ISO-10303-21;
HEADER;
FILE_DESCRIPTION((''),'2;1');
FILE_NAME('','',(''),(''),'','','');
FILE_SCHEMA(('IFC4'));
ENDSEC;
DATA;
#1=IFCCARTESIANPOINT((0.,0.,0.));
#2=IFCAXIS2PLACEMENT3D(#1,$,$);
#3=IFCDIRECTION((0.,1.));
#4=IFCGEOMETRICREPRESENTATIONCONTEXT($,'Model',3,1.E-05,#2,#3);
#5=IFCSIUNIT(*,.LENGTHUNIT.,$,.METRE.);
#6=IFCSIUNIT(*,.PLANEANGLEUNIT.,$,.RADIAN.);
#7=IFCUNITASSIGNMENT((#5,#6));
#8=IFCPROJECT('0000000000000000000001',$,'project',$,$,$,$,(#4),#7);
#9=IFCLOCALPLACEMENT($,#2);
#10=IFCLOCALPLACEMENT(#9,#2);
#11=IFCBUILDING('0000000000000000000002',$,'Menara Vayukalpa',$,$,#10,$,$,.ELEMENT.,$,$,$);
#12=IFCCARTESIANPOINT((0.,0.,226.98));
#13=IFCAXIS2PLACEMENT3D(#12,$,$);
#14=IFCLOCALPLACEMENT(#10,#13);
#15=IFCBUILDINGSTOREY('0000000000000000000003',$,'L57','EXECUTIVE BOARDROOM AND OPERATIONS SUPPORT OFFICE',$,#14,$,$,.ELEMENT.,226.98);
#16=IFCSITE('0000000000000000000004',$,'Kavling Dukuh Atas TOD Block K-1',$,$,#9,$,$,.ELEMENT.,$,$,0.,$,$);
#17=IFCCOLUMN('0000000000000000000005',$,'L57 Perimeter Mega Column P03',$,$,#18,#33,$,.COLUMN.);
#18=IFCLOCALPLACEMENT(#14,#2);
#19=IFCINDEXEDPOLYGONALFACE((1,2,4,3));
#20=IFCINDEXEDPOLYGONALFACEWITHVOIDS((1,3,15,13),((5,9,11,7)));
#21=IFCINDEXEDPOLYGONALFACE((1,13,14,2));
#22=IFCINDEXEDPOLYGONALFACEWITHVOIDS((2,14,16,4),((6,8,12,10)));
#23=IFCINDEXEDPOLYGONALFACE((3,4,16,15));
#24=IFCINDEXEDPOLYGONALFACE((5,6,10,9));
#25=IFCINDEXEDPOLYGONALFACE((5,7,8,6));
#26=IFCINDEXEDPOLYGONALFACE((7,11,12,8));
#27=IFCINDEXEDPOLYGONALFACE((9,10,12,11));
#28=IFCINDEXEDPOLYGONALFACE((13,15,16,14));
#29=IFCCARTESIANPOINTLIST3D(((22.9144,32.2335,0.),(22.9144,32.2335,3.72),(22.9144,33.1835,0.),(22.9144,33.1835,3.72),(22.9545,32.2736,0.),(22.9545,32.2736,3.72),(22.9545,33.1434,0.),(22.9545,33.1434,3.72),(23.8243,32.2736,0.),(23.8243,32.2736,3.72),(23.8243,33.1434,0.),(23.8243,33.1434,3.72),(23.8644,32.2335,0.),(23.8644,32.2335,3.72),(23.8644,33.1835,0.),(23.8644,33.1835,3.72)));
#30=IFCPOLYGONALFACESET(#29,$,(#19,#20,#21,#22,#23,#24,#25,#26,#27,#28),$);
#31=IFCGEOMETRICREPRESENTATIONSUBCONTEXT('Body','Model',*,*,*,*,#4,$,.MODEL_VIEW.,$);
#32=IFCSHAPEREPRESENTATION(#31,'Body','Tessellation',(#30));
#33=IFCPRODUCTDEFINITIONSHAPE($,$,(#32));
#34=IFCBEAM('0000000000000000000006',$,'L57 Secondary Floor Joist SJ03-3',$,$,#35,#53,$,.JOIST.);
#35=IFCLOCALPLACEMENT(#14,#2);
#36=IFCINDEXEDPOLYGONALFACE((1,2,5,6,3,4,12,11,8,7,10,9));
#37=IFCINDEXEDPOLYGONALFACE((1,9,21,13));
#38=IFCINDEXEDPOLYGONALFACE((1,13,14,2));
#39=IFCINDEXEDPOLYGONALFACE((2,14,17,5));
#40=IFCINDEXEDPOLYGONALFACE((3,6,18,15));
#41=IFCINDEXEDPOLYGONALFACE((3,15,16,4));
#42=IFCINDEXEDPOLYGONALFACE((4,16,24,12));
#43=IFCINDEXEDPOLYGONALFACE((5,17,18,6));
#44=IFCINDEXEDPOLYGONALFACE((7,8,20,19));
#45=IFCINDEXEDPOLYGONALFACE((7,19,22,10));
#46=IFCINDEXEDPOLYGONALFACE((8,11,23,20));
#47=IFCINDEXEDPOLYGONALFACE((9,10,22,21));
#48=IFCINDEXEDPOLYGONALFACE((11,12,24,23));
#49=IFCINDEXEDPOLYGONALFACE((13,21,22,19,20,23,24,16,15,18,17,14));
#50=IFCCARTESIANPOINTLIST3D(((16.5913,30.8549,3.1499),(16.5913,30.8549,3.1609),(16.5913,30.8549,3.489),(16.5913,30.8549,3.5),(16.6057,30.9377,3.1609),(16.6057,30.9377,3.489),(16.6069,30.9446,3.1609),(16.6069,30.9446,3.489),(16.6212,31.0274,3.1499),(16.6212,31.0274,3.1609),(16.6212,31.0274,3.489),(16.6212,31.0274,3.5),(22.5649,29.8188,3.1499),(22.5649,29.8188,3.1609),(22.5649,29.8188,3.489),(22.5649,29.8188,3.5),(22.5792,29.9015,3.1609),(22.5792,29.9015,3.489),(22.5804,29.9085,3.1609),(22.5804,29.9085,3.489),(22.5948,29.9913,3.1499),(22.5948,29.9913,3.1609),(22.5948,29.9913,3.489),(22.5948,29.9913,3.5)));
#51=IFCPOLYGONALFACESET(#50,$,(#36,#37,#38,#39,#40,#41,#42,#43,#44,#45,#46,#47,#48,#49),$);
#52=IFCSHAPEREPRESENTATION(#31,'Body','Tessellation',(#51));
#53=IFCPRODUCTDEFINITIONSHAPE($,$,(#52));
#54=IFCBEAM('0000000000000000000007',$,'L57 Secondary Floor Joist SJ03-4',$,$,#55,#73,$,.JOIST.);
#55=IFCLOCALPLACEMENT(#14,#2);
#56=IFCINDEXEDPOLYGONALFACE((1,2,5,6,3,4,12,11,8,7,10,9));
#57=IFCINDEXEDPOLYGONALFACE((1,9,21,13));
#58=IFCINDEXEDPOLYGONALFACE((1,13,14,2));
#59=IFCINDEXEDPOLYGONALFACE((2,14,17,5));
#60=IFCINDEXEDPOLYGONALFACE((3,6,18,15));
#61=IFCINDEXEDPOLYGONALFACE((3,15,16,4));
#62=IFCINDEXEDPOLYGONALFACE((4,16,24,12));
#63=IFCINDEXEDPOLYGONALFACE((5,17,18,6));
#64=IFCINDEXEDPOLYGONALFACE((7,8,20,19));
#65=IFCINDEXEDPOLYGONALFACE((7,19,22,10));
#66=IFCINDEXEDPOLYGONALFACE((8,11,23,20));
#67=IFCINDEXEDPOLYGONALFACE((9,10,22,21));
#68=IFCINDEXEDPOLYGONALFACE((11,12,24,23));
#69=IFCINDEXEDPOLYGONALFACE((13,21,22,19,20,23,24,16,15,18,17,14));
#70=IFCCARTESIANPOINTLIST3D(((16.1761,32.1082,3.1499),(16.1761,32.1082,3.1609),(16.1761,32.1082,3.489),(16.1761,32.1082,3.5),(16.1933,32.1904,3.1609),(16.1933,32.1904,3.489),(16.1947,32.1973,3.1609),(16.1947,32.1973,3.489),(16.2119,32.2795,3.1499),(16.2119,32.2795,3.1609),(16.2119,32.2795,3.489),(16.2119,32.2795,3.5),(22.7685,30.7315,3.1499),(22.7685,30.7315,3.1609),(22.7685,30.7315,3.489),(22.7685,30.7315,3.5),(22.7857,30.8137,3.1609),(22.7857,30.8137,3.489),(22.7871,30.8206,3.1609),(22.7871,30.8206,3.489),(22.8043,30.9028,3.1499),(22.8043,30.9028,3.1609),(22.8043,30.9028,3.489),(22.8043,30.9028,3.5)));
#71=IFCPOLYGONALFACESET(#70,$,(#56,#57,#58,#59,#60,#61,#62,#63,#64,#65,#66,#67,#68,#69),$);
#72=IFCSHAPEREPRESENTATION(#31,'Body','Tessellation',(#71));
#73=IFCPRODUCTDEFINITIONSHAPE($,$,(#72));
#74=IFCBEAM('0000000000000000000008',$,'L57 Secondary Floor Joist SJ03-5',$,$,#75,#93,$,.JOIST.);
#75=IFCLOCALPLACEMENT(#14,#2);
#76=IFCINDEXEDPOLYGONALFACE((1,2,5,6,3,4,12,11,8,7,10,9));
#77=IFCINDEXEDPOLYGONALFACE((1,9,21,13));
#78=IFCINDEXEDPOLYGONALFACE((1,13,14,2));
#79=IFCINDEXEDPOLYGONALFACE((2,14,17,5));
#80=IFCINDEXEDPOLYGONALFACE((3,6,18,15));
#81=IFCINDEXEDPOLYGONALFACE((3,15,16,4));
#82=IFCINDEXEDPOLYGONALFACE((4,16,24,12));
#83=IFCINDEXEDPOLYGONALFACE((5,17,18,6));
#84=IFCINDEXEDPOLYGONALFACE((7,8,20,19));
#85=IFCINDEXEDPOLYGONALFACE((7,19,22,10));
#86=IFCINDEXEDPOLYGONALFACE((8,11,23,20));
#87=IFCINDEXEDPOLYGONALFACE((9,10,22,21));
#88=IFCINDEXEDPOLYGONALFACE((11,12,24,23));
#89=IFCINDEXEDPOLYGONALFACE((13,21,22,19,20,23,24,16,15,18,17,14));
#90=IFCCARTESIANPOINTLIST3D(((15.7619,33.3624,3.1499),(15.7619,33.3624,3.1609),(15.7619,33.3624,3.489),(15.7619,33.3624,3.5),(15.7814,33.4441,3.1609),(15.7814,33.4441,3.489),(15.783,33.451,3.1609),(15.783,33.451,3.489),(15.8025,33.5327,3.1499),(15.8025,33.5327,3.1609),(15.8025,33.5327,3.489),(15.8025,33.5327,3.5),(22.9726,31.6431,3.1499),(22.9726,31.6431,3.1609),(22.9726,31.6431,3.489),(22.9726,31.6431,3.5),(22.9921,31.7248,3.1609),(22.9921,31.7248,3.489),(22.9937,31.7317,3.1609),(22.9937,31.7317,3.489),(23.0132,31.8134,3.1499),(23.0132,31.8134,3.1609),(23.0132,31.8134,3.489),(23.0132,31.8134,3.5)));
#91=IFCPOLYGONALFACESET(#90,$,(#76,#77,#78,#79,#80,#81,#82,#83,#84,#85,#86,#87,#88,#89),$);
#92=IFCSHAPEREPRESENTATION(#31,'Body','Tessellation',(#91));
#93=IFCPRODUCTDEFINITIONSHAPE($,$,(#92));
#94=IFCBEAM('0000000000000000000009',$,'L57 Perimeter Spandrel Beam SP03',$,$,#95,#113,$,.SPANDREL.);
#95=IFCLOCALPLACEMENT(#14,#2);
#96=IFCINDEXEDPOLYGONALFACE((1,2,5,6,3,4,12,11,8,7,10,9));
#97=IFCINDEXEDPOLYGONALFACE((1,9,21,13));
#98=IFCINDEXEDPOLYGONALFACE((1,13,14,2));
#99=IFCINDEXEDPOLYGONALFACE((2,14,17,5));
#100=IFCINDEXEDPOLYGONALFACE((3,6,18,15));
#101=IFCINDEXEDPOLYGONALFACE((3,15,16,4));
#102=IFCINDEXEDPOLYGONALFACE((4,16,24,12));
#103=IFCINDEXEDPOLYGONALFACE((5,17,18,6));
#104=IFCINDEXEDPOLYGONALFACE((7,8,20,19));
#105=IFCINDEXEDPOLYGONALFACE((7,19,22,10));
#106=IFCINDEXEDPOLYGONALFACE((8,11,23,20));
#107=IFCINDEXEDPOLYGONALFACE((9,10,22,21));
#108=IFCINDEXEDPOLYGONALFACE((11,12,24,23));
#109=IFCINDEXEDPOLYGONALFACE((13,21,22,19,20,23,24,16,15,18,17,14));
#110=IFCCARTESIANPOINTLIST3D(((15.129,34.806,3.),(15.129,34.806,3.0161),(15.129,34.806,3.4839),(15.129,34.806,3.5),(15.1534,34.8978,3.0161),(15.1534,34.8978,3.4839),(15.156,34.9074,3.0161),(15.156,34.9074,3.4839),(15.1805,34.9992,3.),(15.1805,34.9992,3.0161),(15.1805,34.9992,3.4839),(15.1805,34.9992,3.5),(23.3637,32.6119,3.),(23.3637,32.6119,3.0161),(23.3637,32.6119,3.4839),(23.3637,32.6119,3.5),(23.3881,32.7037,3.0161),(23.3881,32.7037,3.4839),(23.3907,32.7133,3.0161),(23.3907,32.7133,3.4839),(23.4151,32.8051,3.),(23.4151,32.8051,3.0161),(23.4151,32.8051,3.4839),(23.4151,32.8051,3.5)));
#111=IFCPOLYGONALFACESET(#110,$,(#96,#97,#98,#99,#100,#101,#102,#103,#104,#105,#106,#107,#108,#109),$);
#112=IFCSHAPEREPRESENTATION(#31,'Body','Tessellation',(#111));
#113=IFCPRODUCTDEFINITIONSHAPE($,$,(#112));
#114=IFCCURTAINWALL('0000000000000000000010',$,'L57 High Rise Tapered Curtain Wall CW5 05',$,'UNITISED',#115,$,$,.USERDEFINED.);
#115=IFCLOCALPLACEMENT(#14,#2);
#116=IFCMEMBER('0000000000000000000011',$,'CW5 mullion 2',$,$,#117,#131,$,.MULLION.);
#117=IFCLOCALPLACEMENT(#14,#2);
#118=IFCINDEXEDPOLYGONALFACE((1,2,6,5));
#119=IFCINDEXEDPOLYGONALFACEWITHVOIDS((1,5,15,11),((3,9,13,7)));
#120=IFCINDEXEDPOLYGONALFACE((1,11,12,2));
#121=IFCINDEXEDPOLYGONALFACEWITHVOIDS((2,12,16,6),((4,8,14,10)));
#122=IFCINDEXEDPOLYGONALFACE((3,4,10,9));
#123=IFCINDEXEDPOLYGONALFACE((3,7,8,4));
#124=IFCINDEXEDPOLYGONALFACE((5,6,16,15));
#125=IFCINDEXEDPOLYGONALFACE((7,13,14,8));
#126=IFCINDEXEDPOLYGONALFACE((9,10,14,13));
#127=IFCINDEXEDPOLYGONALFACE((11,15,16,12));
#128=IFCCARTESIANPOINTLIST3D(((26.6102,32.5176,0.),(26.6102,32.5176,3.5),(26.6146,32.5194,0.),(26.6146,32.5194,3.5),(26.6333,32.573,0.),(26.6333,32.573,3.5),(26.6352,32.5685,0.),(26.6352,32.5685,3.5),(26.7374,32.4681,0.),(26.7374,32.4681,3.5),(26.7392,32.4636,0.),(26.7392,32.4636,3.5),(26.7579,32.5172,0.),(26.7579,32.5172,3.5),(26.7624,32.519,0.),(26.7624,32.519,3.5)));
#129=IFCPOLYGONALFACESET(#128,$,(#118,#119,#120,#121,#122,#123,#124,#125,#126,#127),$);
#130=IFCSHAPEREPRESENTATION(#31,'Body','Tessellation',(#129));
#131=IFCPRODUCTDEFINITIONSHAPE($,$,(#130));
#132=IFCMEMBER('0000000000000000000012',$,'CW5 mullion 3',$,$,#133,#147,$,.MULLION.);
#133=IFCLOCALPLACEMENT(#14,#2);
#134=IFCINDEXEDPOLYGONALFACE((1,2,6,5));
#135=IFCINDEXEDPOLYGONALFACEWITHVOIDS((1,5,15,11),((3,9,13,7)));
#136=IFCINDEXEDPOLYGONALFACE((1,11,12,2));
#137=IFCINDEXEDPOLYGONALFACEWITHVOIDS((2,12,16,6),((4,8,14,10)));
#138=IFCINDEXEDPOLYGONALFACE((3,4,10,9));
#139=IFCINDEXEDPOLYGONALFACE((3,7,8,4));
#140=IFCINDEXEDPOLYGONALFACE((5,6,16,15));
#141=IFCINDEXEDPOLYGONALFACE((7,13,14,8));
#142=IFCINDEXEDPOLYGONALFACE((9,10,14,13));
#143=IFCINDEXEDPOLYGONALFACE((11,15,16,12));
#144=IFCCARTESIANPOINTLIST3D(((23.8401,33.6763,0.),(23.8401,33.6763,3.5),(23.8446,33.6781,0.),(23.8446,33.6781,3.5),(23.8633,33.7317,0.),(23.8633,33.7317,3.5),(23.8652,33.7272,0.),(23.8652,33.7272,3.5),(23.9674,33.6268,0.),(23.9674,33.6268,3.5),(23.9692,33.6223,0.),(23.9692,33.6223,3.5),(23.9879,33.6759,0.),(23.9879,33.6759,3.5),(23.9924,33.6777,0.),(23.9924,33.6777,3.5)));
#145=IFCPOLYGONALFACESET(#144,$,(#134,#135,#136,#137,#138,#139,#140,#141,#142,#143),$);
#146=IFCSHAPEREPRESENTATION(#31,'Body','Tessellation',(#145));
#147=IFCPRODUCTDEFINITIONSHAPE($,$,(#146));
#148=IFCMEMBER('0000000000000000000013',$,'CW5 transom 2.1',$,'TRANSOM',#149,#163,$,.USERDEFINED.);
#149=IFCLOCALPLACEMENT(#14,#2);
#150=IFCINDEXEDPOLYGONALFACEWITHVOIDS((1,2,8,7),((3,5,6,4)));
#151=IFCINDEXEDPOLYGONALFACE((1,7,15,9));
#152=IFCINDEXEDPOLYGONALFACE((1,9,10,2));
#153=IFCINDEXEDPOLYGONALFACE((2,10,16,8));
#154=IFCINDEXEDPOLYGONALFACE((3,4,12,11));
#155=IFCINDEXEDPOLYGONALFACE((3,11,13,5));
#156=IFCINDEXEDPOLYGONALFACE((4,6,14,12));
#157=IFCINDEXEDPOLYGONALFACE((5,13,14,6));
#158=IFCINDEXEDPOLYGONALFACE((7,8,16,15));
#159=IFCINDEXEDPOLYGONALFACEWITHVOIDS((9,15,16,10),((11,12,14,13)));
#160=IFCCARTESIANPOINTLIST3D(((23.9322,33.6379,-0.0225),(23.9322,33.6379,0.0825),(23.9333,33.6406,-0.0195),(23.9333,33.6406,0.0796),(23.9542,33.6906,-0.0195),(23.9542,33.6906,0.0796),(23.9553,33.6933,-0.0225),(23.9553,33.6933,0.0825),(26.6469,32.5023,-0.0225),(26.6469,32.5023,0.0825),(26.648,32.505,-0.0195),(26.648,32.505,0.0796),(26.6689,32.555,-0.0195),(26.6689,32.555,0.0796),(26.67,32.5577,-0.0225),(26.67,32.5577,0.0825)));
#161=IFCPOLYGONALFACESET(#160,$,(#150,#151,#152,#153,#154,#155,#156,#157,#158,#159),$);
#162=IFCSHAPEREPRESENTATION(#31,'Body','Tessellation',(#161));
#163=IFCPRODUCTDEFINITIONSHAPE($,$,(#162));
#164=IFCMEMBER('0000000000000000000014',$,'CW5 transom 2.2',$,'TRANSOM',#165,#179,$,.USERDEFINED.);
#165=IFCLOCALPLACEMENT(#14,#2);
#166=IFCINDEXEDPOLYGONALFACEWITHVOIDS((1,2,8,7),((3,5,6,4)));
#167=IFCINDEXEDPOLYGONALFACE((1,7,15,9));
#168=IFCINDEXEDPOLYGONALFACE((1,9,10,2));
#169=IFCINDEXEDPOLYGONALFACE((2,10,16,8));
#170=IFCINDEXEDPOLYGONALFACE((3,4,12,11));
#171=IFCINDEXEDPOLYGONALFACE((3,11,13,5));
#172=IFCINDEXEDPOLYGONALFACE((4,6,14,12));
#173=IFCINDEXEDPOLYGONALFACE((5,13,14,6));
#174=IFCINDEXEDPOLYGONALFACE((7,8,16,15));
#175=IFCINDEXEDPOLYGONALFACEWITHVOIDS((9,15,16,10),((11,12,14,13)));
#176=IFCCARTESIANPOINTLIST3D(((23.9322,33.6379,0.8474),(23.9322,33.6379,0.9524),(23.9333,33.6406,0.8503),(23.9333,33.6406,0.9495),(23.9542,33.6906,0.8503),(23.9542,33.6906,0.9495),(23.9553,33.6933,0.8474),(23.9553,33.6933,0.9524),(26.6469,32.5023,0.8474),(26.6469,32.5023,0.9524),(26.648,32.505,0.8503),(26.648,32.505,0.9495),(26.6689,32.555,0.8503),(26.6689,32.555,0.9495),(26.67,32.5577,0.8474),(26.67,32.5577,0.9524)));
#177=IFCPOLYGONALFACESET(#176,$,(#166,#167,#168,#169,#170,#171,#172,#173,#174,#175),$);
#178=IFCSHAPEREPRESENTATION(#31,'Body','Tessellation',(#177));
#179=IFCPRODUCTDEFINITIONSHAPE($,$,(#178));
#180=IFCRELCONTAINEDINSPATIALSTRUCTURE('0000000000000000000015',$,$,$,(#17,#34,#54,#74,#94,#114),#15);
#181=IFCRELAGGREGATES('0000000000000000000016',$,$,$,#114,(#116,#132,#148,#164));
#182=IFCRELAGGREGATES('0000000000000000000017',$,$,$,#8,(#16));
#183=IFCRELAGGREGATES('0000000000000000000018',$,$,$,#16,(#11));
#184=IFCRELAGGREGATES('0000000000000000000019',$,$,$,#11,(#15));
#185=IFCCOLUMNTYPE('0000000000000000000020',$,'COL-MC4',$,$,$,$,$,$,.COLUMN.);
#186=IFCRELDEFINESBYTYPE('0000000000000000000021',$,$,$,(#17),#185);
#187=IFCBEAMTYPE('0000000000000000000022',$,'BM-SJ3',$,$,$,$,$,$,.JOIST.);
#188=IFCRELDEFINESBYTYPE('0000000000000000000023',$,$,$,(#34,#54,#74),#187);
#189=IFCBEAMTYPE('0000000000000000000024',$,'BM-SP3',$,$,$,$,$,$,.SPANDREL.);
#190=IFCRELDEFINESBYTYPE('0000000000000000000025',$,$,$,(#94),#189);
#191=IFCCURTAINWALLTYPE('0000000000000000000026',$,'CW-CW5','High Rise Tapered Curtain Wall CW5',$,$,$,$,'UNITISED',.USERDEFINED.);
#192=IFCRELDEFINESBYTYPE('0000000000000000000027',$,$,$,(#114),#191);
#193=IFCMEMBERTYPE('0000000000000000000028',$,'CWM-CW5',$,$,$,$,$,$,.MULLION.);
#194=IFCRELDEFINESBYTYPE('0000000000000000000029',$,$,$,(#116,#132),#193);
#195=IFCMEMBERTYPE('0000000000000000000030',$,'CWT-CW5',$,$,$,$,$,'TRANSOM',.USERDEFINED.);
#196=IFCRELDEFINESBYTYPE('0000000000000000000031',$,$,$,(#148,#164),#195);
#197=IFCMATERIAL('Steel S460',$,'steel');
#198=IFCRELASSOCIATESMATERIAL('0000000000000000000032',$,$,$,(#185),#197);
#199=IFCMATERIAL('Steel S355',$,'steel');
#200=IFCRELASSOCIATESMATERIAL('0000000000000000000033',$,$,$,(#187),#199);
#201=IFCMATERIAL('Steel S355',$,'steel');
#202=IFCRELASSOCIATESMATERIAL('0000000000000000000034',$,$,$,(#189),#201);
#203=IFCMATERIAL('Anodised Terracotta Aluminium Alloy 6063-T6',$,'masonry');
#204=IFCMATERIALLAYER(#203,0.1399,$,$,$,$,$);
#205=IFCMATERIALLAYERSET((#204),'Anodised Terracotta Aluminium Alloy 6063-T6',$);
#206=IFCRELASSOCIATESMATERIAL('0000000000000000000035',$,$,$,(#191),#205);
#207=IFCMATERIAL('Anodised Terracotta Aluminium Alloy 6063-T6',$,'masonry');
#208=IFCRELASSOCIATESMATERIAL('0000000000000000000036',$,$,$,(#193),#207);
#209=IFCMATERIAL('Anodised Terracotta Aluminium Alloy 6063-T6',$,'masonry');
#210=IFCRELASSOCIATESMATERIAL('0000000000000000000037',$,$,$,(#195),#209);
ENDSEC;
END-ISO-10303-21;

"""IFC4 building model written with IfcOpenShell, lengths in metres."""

from ifc_helpers import new_model, si_unit, direction, frame, origin, origin_2d, place, context, subcontext, project, spatial, hollow_rectangle, i_section, extrude, material, layer, layer_set, material_profile, profile_set, type_object, element, aggregate, save


model = new_model("IFC4")

# Units and contexts
model_context = context("Model", 3, precision=1e-05, world=origin(), true_north=direction((0.0, 1.0)))
body_context = subcontext(model_context, "Body", "Model", "MODEL_VIEW")
ifc_project = project(units=[si_unit("LENGTHUNIT", "METRE"), si_unit("PLANEANGLEUNIT", "RADIAN")], contexts=[model_context])

# Site, building, storey
site_placement = place(None, origin())
site = spatial("IfcSite", under=ifc_project, at=site_placement, Name="Kavling Dukuh Atas TOD Block K-1", CompositionType="ELEMENT", RefElevation=0.0)
building_placement = place(site_placement, origin())
building = spatial("IfcBuilding", under=site, at=building_placement, Name="Menara Vayukalpa", CompositionType="ELEMENT")
storey_placement = place(building_placement, frame((0.0, 0.0, 226.98)))
storey = spatial("IfcBuildingStorey", under=building, at=storey_placement, Name="L57", Description="EXECUTIVE BOARDROOM AND OPERATIONS SUPPORT OFFICE", CompositionType="ELEMENT", Elevation=226.98)

# Column
ifc_material_1 = material(Name="Steel S460", Category="steel")
ifc_material_profile_1 = material_profile(ifc_material_1, hollow_rectangle(XDim=0.95, YDim=0.95, WallThickness=0.04, at=origin_2d()), Name="BOX 950x950x40")
ifc_profile_set_1 = profile_set([ifc_material_profile_1], Name="Steel S460")
column_type = type_object("IfcColumnType", Name="COL-MC4", PredefinedType="COLUMN", material=ifc_profile_set_1)
column_placement = place(storey_placement, frame((23.3894, 32.7085, 0.0), z_axis=(0.0, 0.0, 1.0), x_axis=(1.0, 0.0, 0.0)))
element("IfcColumn", 1, at=column_placement, inside=storey, type_object=column_type, Name="L57 Perimeter Mega Column P03", PredefinedType="COLUMN", context=body_context, shape_type="SweptSolid", body=[
    extrude(hollow_rectangle(XDim=0.95, YDim=0.95, WallThickness=0.04, at=origin_2d()), origin(), (0.0, 0.0, 1.0), 3.72),
])

# Beams
ifc_material_2 = material(Name="Steel S355", Category="steel")
ifc_material_profile_2 = material_profile(ifc_material_2, i_section(OverallWidth=0.175, OverallDepth=0.3501, WebThickness=0.0071, FlangeThickness=0.011, at=origin_2d()), Name="WF 350x175x7x11")
ifc_profile_set_2 = profile_set([ifc_material_profile_2], Name="Steel S355")
beam_type_1 = type_object("IfcBeamType", Name="BM-SJ3", PredefinedType="JOIST", material=ifc_profile_set_2)
beam_1_placement = place(storey_placement, frame((22.5798, 29.905, 3.325), z_axis=(-0.985288, 0.170899, 0.0), x_axis=(-0.170899, -0.985288, 0.0)))
element("IfcBeam", 2, at=beam_1_placement, inside=storey, type_object=beam_type_1, Name="L57 Secondary Floor Joist SJ03-3", PredefinedType="JOIST", context=body_context, shape_type="SweptSolid", body=[
    extrude(i_section(OverallWidth=0.175, OverallDepth=0.3501, WebThickness=0.0071, FlangeThickness=0.011, at=origin_2d()), origin(), (0.0, 0.0, 1.0), 6.0627),
])
beam_2_placement = place(storey_placement, frame((22.7864, 30.8171, 3.325), z_axis=(-0.978882, 0.204426, 0.0), x_axis=(-0.204426, -0.978882, 0.0)))
element("IfcBeam", 3, at=beam_2_placement, inside=storey, type_object=beam_type_1, Name="L57 Secondary Floor Joist SJ03-4", PredefinedType="JOIST", context=body_context, shape_type="SweptSolid", body=[
    extrude(i_section(OverallWidth=0.175, OverallDepth=0.3501, WebThickness=0.0071, FlangeThickness=0.011, at=origin_2d()), origin(), (0.0, 0.0, 1.0), 6.7346),
])
beam_3_placement = place(storey_placement, frame((22.9929, 31.7283, 3.325), z_axis=(-0.972733, 0.231928, 0.0), x_axis=(-0.231928, -0.972733, 0.0)))
element("IfcBeam", 4, at=beam_3_placement, inside=storey, type_object=beam_type_1, Name="L57 Secondary Floor Joist SJ03-5", PredefinedType="JOIST", context=body_context, shape_type="SweptSolid", body=[
    extrude(i_section(OverallWidth=0.175, OverallDepth=0.3501, WebThickness=0.0071, FlangeThickness=0.011, at=origin_2d()), origin(), (0.0, 0.0, 1.0), 7.4128),
])
ifc_material_3 = material(Name="Steel S355", Category="steel")
ifc_material_profile_3 = material_profile(ifc_material_3, i_section(OverallWidth=0.2, OverallDepth=0.5, WebThickness=0.01, FlangeThickness=0.0161, at=origin_2d()), Name="WF 500x200x10x16")
ifc_profile_set_3 = profile_set([ifc_material_profile_3], Name="Steel S355")
beam_type_2 = type_object("IfcBeamType", Name="BM-SP3", PredefinedType="SPANDREL", material=ifc_profile_set_3)
beam_4_placement = place(storey_placement, frame((23.3894, 32.7085, 3.25), z_axis=(-0.966288, 0.257465, 0.0), x_axis=(-0.257465, -0.966288, 0.0)))
element("IfcBeam", 5, at=beam_4_placement, inside=storey, type_object=beam_type_2, Name="L57 Perimeter Spandrel Beam SP03", PredefinedType="SPANDREL", context=body_context, shape_type="SweptSolid", body=[
    extrude(i_section(OverallWidth=0.2, OverallDepth=0.5, WebThickness=0.01, FlangeThickness=0.0161, at=origin_2d()), origin(), (0.0, 0.0, 1.0), 8.522),
])

# Curtain wall, members
ifc_material_4 = material(Name="Anodised Terracotta Aluminium Alloy 6063-T6", Category="masonry")
ifc_layer_1 = layer(ifc_material_4, 0.1399)
ifc_layer_set_1 = layer_set([ifc_layer_1], Name="Anodised Terracotta Aluminium Alloy 6063-T6")
curtain_wall_type = type_object("IfcCurtainWallType", Name="CW-CW5", Description="High Rise Tapered Curtain Wall CW5", ElementType="UNITISED", PredefinedType="USERDEFINED", material=ifc_layer_set_1)
curtain_wall_placement = place(storey_placement, origin())
curtain_wall = element("IfcCurtainWall", 6, at=curtain_wall_placement, inside=storey, type_object=curtain_wall_type, Name="L57 High Rise Tapered Curtain Wall CW5 05", ObjectType="UNITISED", PredefinedType="USERDEFINED")
ifc_material_5 = material(Name="Anodised Terracotta Aluminium Alloy 6063-T6", Category="masonry")
ifc_material_profile_4 = material_profile(ifc_material_5, hollow_rectangle(XDim=0.0601, YDim=0.1399, WallThickness=0.0034, at=origin_2d()), Name="ALU 60x140x3.5")
ifc_profile_set_4 = profile_set([ifc_material_profile_4], Name="Anodised Terracotta Aluminium Alloy 6063-T6")
member_type_1 = type_object("IfcMemberType", Name="CWM-CW5", PredefinedType="MULLION", material=ifc_profile_set_4)
member_1_placement = place(storey_placement, frame((26.6863, 32.5183, 0.0), z_axis=(0.0, 0.0, 1.0), x_axis=(-0.385903, -0.922539, 0.0)))
member_1 = element("IfcMember", 7, at=member_1_placement, type_object=member_type_1, Name="CW5 mullion 2", PredefinedType="MULLION", context=body_context, shape_type="SweptSolid", body=[
    extrude(hollow_rectangle(XDim=0.0601, YDim=0.1399, WallThickness=0.0034, at=origin_2d()), origin(), (0.0, 0.0, 1.0), 3.5),
])
member_2_placement = place(storey_placement, frame((23.9163, 33.677, 0.0), z_axis=(0.0, 0.0, 1.0), x_axis=(-0.385903, -0.922539, 0.0)))
member_2 = element("IfcMember", 8, at=member_2_placement, type_object=member_type_1, Name="CW5 mullion 3", PredefinedType="MULLION", context=body_context, shape_type="SweptSolid", body=[
    extrude(hollow_rectangle(XDim=0.0601, YDim=0.1399, WallThickness=0.0034, at=origin_2d()), origin(), (0.0, 0.0, 1.0), 3.5),
])
ifc_material_6 = material(Name="Anodised Terracotta Aluminium Alloy 6063-T6", Category="masonry")
ifc_material_profile_5 = material_profile(ifc_material_6, hollow_rectangle(XDim=0.0601, YDim=0.105, WallThickness=0.0029, at=origin_2d()), Name="ALU 60x105x3")
ifc_profile_set_5 = profile_set([ifc_material_profile_5], Name="Anodised Terracotta Aluminium Alloy 6063-T6")
member_type_2 = type_object("IfcMemberType", Name="CWT-CW5", ElementType="TRANSOM", PredefinedType="USERDEFINED", material=ifc_profile_set_5)
member_3_placement = place(storey_placement, frame((26.6584, 32.53, 0.03), z_axis=(-0.922543, 0.385893, 0.0), x_axis=(-0.385893, -0.922543, 0.0)))
member_3 = element("IfcMember", 9, at=member_3_placement, type_object=member_type_2, Name="CW5 transom 2.1", ObjectType="TRANSOM", PredefinedType="USERDEFINED", context=body_context, shape_type="SweptSolid", body=[
    extrude(hollow_rectangle(XDim=0.0601, YDim=0.105, WallThickness=0.0029, at=origin_2d()), origin(), (0.0, 0.0, 1.0), 2.9426),
])
member_4_placement = place(storey_placement, frame((26.6584, 32.53, 0.8999), z_axis=(-0.922543, 0.385893, 0.0), x_axis=(-0.385893, -0.922543, 0.0)))
member_4 = element("IfcMember", 10, at=member_4_placement, type_object=member_type_2, Name="CW5 transom 2.2", ObjectType="TRANSOM", PredefinedType="USERDEFINED", context=body_context, shape_type="SweptSolid", body=[
    extrude(hollow_rectangle(XDim=0.0601, YDim=0.105, WallThickness=0.0029, at=origin_2d()), origin(), (0.0, 0.0, 1.0), 2.9426),
])
aggregate(curtain_wall, [member_1, member_2, member_3, member_4])

save(model, "model.ifc")
